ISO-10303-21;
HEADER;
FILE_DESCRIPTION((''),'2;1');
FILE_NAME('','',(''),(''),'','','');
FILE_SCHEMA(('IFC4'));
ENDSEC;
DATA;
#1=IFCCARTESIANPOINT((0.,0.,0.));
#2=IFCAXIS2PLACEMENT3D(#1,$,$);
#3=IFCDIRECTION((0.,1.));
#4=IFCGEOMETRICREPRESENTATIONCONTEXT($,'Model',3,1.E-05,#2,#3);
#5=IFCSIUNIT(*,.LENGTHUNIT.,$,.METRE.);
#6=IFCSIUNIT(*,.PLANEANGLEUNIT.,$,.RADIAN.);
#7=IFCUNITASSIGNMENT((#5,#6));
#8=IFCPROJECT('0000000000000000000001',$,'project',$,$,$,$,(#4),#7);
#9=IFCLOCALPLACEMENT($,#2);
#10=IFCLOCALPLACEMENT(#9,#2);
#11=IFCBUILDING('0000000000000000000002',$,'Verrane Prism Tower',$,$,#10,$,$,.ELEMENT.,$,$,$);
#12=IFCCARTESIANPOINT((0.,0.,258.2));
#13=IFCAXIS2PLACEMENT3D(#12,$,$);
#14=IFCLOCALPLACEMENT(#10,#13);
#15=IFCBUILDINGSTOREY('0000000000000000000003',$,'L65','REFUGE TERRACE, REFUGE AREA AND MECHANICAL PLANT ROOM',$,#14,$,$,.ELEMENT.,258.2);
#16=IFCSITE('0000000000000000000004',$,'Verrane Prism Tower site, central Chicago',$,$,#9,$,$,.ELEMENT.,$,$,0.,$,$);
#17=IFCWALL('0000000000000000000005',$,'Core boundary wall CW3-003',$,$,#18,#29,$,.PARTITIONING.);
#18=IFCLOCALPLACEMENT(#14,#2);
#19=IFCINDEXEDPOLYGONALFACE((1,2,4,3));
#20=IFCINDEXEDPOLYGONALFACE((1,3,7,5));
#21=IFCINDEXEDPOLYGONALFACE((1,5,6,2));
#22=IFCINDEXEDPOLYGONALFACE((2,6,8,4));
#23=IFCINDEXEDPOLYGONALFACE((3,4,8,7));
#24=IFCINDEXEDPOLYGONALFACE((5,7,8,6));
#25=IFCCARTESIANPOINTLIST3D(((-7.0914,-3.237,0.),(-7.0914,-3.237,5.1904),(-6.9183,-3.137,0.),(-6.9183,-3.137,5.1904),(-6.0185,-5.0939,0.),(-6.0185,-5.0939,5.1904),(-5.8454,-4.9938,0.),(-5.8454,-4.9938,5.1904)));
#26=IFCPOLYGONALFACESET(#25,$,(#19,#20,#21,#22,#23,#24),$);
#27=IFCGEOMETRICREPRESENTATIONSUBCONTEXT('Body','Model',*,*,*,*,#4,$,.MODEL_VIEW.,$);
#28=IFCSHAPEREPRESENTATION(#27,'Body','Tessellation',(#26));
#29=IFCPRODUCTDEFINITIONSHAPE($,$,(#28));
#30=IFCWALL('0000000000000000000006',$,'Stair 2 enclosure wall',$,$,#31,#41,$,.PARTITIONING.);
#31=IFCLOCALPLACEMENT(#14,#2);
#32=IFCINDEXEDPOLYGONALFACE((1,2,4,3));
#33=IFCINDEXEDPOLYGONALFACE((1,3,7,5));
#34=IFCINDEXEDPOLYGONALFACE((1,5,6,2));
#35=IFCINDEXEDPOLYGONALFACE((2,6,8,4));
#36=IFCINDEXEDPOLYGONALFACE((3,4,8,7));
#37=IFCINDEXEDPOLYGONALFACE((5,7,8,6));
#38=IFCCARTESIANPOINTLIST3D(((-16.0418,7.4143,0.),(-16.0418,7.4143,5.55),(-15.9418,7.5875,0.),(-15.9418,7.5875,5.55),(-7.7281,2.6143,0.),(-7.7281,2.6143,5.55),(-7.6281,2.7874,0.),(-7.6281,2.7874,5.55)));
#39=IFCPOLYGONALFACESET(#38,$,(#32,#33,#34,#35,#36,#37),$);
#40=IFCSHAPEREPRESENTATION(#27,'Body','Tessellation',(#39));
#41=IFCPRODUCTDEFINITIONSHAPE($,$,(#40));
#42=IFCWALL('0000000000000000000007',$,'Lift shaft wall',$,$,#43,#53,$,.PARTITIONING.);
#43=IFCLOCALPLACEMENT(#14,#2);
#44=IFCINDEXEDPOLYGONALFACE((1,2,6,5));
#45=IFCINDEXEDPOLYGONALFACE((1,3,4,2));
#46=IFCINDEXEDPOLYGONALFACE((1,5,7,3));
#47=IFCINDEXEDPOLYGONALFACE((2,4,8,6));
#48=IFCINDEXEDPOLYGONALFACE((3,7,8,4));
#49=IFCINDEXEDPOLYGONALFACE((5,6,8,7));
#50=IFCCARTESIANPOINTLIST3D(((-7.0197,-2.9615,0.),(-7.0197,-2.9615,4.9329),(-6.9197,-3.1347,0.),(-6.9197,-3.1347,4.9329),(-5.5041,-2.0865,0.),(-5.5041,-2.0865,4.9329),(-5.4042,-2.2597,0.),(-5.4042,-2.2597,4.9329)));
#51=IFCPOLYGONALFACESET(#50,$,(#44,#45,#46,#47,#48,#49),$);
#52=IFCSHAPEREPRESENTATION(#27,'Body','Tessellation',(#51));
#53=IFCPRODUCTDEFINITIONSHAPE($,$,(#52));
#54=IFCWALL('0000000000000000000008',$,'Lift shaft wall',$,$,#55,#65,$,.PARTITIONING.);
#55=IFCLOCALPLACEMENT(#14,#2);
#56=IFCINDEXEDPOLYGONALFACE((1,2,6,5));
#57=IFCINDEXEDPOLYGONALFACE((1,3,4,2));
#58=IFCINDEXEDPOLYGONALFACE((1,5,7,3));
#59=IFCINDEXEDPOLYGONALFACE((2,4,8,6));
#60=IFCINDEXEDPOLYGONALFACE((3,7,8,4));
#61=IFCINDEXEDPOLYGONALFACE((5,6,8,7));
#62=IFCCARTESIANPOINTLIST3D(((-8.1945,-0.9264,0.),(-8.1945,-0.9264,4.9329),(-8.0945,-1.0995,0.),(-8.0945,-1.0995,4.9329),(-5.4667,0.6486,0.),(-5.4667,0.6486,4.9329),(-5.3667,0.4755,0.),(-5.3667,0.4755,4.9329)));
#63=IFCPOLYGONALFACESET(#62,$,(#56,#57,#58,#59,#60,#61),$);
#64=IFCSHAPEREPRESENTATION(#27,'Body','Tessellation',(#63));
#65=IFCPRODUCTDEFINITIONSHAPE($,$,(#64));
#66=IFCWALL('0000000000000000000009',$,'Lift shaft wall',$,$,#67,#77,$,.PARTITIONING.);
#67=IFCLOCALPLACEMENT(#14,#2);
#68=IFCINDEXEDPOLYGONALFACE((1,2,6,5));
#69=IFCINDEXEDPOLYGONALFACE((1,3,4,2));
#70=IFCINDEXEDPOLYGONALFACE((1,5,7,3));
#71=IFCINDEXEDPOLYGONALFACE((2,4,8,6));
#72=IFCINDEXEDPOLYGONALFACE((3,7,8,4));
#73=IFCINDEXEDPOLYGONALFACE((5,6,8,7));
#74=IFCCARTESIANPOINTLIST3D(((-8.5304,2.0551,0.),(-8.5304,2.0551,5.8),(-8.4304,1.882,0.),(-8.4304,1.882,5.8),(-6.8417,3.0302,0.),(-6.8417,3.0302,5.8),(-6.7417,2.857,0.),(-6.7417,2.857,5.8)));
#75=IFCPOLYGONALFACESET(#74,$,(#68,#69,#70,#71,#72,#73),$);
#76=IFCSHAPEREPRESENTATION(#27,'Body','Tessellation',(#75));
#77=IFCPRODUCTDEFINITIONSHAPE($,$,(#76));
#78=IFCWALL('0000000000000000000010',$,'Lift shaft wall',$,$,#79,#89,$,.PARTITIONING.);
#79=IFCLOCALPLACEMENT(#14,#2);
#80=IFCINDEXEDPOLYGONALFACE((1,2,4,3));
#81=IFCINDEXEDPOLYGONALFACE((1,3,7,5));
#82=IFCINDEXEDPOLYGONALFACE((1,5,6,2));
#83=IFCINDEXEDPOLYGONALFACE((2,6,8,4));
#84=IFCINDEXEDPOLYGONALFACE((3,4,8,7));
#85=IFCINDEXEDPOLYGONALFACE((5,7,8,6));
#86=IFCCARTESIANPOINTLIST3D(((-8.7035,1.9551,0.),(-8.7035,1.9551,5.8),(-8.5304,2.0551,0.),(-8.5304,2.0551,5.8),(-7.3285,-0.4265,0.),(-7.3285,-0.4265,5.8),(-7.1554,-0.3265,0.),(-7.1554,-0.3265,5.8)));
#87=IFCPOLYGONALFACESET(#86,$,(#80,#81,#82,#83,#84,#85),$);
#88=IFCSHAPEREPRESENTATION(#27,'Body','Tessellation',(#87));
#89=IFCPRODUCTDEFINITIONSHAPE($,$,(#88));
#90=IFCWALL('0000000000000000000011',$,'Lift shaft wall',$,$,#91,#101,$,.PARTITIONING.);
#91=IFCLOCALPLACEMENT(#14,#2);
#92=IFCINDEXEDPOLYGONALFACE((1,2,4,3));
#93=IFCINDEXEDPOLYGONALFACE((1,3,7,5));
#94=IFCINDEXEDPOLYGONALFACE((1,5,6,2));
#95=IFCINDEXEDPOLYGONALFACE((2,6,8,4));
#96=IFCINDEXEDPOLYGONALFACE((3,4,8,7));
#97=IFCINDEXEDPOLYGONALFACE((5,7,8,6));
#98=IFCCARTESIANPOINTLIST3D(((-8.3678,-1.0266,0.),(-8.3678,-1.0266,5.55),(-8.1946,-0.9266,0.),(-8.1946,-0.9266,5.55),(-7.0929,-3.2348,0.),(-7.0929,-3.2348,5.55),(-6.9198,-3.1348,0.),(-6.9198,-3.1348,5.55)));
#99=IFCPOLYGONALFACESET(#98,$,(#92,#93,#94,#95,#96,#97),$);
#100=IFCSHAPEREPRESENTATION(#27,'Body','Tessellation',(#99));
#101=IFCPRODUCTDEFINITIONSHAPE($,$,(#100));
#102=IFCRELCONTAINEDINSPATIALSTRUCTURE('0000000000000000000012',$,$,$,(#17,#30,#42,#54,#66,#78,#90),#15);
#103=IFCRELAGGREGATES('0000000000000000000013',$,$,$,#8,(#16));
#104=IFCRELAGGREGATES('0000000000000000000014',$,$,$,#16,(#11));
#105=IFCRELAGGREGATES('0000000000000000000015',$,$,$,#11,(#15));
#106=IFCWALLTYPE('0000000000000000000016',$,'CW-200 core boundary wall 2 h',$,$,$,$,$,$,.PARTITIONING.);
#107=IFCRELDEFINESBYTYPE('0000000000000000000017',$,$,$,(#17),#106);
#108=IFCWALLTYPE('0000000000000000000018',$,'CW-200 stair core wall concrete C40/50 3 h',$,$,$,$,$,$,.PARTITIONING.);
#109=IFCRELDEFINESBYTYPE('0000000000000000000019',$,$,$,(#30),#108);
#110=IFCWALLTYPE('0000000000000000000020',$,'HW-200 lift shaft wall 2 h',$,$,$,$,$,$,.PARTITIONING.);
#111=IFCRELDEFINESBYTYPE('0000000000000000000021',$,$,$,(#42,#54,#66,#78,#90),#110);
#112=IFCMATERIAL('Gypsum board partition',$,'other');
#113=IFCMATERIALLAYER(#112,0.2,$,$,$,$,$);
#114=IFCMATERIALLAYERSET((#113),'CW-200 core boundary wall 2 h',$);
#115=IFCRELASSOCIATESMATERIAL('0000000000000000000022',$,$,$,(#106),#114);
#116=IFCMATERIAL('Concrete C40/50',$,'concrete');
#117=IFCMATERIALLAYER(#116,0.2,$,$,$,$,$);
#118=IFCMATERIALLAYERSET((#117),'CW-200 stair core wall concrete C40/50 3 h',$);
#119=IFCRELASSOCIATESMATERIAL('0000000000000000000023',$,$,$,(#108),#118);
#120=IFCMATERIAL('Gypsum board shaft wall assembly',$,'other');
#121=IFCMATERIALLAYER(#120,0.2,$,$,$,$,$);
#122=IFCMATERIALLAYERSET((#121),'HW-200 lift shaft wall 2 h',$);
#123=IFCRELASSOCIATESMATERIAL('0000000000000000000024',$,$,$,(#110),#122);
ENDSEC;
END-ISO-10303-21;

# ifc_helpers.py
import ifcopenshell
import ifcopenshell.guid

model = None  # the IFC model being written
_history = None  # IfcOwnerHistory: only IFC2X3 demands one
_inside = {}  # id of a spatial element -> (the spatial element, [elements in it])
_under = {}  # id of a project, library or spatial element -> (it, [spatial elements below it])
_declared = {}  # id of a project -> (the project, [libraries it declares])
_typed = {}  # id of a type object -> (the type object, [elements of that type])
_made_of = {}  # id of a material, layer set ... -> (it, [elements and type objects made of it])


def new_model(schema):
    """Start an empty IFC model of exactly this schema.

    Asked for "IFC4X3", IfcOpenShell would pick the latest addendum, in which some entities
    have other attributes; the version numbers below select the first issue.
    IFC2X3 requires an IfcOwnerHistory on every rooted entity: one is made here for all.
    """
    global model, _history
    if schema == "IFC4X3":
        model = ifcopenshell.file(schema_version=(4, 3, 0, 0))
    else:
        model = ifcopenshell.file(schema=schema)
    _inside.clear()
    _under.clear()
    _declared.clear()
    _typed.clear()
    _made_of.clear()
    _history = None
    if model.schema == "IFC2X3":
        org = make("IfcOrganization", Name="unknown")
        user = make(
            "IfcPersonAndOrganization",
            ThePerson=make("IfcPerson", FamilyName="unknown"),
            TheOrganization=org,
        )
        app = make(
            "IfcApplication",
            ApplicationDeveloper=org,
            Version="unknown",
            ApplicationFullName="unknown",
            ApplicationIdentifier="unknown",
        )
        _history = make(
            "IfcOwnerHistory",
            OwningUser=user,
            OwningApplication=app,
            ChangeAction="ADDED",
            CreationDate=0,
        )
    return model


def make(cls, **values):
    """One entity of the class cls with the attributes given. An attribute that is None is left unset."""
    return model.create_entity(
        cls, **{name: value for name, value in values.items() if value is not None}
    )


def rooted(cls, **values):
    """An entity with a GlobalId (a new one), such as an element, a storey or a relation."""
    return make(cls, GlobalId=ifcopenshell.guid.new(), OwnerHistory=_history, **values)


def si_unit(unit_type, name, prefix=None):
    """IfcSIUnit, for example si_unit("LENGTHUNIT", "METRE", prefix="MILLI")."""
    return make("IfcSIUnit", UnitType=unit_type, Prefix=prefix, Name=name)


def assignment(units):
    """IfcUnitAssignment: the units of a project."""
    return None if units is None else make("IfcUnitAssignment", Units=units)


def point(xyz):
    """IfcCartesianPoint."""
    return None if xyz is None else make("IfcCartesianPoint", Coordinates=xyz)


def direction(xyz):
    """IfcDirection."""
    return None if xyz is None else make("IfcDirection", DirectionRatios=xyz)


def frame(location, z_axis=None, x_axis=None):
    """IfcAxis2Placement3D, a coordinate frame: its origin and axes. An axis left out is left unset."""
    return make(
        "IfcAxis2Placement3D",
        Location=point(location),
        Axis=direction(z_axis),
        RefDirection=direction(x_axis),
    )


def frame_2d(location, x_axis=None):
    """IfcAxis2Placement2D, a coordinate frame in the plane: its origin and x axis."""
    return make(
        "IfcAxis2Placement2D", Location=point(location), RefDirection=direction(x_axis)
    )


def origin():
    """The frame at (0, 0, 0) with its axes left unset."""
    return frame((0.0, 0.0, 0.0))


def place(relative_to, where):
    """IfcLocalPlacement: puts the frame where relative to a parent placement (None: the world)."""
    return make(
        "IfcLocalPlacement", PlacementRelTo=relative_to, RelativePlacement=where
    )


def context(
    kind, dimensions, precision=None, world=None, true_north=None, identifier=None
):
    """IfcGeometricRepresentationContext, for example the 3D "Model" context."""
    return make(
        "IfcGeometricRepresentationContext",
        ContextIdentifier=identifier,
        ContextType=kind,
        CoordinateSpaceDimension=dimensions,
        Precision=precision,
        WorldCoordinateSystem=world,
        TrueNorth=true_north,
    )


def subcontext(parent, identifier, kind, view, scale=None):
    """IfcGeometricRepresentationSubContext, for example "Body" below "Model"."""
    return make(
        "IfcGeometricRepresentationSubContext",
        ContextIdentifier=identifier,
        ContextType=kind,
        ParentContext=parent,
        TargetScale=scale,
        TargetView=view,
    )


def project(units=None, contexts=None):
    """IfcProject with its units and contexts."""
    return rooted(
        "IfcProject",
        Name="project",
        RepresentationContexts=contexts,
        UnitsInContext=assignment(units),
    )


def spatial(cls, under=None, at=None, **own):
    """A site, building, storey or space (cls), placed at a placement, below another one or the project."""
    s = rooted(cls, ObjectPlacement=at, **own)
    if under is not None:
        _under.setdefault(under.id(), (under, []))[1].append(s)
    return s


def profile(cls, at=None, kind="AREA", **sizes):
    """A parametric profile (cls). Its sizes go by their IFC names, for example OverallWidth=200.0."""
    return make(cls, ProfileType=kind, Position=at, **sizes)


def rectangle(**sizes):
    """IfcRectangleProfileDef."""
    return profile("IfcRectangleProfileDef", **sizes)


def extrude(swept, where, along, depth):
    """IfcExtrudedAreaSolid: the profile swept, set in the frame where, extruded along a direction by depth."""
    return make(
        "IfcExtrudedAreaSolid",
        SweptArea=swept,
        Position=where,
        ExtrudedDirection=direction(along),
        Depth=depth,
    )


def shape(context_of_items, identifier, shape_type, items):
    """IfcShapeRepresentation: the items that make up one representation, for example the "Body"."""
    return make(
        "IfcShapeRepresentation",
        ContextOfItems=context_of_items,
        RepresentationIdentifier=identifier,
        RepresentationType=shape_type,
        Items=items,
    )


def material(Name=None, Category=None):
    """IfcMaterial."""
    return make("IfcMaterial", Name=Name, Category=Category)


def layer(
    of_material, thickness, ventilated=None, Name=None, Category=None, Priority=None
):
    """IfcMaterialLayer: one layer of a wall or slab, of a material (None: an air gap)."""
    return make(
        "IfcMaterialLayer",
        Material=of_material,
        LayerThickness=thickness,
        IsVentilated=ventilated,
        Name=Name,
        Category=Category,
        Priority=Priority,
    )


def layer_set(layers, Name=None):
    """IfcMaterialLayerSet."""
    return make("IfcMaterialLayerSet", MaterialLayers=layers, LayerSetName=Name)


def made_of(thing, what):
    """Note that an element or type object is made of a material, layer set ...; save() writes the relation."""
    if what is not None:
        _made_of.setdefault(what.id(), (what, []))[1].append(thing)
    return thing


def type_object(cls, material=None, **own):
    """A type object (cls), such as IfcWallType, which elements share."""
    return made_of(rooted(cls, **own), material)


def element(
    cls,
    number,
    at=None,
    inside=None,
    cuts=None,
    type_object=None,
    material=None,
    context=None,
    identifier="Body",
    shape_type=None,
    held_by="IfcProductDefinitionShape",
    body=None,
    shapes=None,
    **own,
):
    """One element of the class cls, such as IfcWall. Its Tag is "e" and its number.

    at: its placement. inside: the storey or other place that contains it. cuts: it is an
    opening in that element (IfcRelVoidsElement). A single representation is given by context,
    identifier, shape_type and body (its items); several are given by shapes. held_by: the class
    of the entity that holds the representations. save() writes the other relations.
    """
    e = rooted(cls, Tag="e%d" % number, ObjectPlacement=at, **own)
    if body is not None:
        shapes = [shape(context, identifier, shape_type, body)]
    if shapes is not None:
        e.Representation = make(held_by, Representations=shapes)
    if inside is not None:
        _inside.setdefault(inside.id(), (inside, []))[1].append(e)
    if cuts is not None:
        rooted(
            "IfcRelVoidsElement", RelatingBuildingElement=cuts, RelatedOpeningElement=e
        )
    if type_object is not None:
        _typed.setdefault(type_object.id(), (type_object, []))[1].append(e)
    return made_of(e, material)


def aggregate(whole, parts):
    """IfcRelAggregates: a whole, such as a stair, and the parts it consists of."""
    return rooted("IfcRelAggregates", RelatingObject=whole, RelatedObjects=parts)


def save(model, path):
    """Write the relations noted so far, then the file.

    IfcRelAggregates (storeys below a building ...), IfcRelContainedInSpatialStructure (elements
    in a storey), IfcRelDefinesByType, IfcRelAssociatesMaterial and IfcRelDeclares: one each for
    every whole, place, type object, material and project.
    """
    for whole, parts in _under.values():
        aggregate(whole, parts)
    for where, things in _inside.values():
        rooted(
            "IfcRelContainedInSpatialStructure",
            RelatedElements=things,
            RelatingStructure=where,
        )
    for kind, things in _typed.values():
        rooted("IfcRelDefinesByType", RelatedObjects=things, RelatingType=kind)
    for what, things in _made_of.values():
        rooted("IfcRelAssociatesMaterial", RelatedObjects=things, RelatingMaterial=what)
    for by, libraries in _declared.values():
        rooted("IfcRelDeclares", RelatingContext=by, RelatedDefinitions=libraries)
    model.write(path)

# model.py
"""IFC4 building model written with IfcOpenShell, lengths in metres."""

from ifc_helpers import new_model, si_unit, direction, frame, frame_2d, origin, place, context, subcontext, project, spatial, rectangle, extrude, material, layer, layer_set, type_object, element, save


model = new_model("IFC4")

# Units and contexts
model_context = context("Model", 3, precision=1e-05, world=origin(), true_north=direction((0.0, 1.0)))
body_context = subcontext(model_context, "Body", "Model", "MODEL_VIEW")
ifc_project = project(units=[si_unit("LENGTHUNIT", "METRE"), si_unit("PLANEANGLEUNIT", "RADIAN")], contexts=[model_context])

# Site, building, storey
site_placement = place(None, origin())
site = spatial("IfcSite", under=ifc_project, at=site_placement, Name="Verrane Prism Tower site, central Chicago", CompositionType="ELEMENT", RefElevation=0.0)
building_placement = place(site_placement, origin())
building = spatial("IfcBuilding", under=site, at=building_placement, Name="Verrane Prism Tower", CompositionType="ELEMENT")
storey_placement = place(building_placement, frame((0.0, 0.0, 258.2)))
storey = spatial("IfcBuildingStorey", under=building, at=storey_placement, Name="L65", Description="REFUGE TERRACE, REFUGE AREA AND MECHANICAL PLANT ROOM", CompositionType="ELEMENT", Elevation=258.2)

# Walls
ifc_material_1 = material(Name="Gypsum board partition", Category="other")
ifc_layer_1 = layer(ifc_material_1, 0.2)
ifc_layer_set_1 = layer_set([ifc_layer_1], Name="CW-200 core boundary wall 2 h")
wall_type_1 = type_object("IfcWallType", Name="CW-200 core boundary wall 2 h", PredefinedType="PARTITIONING", material=ifc_layer_set_1)
wall_1_placement = place(storey_placement, frame((-7.0049, -3.187, 0.0), z_axis=(0.0, 0.0, 1.0), x_axis=(0.500314, -0.865844, 0.0)))
element("IfcWall", 1, at=wall_1_placement, inside=storey, type_object=wall_type_1, Name="Core boundary wall CW3-003", PredefinedType="PARTITIONING", context=body_context, shape_type="SweptSolid", body=[
    extrude(rectangle(XDim=2.1445, YDim=0.2, at=frame_2d((1.0723, 0.0))), origin(), (0.0, 0.0, 1.0), 5.1904),
])
ifc_material_2 = material(Name="Concrete C40/50", Category="concrete")
ifc_layer_2 = layer(ifc_material_2, 0.2)
ifc_layer_set_2 = layer_set([ifc_layer_2], Name="CW-200 stair core wall concrete C40/50 3 h")
wall_type_2 = type_object("IfcWallType", Name="CW-200 stair core wall concrete C40/50 3 h", PredefinedType="PARTITIONING", material=ifc_layer_set_2)
wall_2_placement = place(storey_placement, frame((-7.6782, 2.7009, 0.0), z_axis=(0.0, 0.0, 1.0), x_axis=(-0.86602, 0.500009, 0.0)))
element("IfcWall", 2, at=wall_2_placement, inside=storey, type_object=wall_type_2, Name="Stair 2 enclosure wall", PredefinedType="PARTITIONING", context=body_context, shape_type="SweptSolid", body=[
    extrude(rectangle(XDim=9.5999, YDim=0.2, at=frame_2d((4.7998, 0.0))), origin(), (0.0, 0.0, 1.0), 5.55),
])
ifc_material_3 = material(Name="Gypsum board shaft wall assembly", Category="other")
ifc_layer_3 = layer(ifc_material_3, 0.2)
ifc_layer_set_3 = layer_set([ifc_layer_3], Name="HW-200 lift shaft wall 2 h")
wall_type_3 = type_object("IfcWallType", Name="HW-200 lift shaft wall 2 h", PredefinedType="PARTITIONING", material=ifc_layer_set_3)
wall_3_placement = place(storey_placement, frame((-6.9697, -3.0481, 0.0), z_axis=(0.0, 0.0, 1.0), x_axis=(0.866037, 0.49998, 0.0)))
element("IfcWall", 3, at=wall_3_placement, inside=storey, type_object=wall_type_3, Name="Lift shaft wall", PredefinedType="PARTITIONING", context=body_context, shape_type="SweptSolid", body=[
    extrude(rectangle(XDim=1.75, YDim=0.2, at=frame_2d((0.875, 0.0))), origin(), (0.0, 0.0, 1.0), 4.9329),
])
wall_4_placement = place(storey_placement, frame((-8.1445, -1.0129, 0.0), z_axis=(0.0, 0.0, 1.0), x_axis=(0.866016, 0.500015, 0.0)))
element("IfcWall", 4, at=wall_4_placement, inside=storey, type_object=wall_type_3, Name="Lift shaft wall", PredefinedType="PARTITIONING", context=body_context, shape_type="SweptSolid", body=[
    extrude(rectangle(XDim=3.1499, YDim=0.2, at=frame_2d((1.575, 0.0))), origin(), (0.0, 0.0, 1.0), 4.9329),
])
wall_5_placement = place(storey_placement, frame((-8.4805, 1.9685, 0.0), z_axis=(0.0, 0.0, 1.0), x_axis=(0.866, 0.500044, 0.0)))
element("IfcWall", 5, at=wall_5_placement, inside=storey, type_object=wall_type_3, Name="Lift shaft wall", PredefinedType="PARTITIONING", context=body_context, shape_type="SweptSolid", body=[
    extrude(rectangle(XDim=1.95, YDim=0.2, at=frame_2d((0.9751, 0.0))), origin(), (0.0, 0.0, 1.0), 5.8),
])
wall_6_placement = place(storey_placement, frame((-7.2419, -0.3765, 0.0), z_axis=(0.0, 0.0, 1.0), x_axis=(-0.499997, 0.866027, 0.0)))
element("IfcWall", 6, at=wall_6_placement, inside=storey, type_object=wall_type_3, Name="Lift shaft wall", PredefinedType="PARTITIONING", context=body_context, shape_type="SweptSolid", body=[
    extrude(rectangle(XDim=2.75, YDim=0.2, at=frame_2d((1.375, 0.0))), origin(), (0.0, 0.0, 1.0), 5.8),
])
wall_7_placement = place(storey_placement, frame((-7.0063, -3.1848, 0.0), z_axis=(0.0, 0.0, 1.0), x_axis=(-0.49999, 0.866031, 0.0)))
element("IfcWall", 7, at=wall_7_placement, inside=storey, type_object=wall_type_3, Name="Lift shaft wall", PredefinedType="PARTITIONING", context=body_context, shape_type="SweptSolid", body=[
    extrude(rectangle(XDim=2.5498, YDim=0.2, at=frame_2d((1.2749, 0.0))), origin(), (0.0, 0.0, 1.0), 5.55),
])

save(model, "model.ifc")
